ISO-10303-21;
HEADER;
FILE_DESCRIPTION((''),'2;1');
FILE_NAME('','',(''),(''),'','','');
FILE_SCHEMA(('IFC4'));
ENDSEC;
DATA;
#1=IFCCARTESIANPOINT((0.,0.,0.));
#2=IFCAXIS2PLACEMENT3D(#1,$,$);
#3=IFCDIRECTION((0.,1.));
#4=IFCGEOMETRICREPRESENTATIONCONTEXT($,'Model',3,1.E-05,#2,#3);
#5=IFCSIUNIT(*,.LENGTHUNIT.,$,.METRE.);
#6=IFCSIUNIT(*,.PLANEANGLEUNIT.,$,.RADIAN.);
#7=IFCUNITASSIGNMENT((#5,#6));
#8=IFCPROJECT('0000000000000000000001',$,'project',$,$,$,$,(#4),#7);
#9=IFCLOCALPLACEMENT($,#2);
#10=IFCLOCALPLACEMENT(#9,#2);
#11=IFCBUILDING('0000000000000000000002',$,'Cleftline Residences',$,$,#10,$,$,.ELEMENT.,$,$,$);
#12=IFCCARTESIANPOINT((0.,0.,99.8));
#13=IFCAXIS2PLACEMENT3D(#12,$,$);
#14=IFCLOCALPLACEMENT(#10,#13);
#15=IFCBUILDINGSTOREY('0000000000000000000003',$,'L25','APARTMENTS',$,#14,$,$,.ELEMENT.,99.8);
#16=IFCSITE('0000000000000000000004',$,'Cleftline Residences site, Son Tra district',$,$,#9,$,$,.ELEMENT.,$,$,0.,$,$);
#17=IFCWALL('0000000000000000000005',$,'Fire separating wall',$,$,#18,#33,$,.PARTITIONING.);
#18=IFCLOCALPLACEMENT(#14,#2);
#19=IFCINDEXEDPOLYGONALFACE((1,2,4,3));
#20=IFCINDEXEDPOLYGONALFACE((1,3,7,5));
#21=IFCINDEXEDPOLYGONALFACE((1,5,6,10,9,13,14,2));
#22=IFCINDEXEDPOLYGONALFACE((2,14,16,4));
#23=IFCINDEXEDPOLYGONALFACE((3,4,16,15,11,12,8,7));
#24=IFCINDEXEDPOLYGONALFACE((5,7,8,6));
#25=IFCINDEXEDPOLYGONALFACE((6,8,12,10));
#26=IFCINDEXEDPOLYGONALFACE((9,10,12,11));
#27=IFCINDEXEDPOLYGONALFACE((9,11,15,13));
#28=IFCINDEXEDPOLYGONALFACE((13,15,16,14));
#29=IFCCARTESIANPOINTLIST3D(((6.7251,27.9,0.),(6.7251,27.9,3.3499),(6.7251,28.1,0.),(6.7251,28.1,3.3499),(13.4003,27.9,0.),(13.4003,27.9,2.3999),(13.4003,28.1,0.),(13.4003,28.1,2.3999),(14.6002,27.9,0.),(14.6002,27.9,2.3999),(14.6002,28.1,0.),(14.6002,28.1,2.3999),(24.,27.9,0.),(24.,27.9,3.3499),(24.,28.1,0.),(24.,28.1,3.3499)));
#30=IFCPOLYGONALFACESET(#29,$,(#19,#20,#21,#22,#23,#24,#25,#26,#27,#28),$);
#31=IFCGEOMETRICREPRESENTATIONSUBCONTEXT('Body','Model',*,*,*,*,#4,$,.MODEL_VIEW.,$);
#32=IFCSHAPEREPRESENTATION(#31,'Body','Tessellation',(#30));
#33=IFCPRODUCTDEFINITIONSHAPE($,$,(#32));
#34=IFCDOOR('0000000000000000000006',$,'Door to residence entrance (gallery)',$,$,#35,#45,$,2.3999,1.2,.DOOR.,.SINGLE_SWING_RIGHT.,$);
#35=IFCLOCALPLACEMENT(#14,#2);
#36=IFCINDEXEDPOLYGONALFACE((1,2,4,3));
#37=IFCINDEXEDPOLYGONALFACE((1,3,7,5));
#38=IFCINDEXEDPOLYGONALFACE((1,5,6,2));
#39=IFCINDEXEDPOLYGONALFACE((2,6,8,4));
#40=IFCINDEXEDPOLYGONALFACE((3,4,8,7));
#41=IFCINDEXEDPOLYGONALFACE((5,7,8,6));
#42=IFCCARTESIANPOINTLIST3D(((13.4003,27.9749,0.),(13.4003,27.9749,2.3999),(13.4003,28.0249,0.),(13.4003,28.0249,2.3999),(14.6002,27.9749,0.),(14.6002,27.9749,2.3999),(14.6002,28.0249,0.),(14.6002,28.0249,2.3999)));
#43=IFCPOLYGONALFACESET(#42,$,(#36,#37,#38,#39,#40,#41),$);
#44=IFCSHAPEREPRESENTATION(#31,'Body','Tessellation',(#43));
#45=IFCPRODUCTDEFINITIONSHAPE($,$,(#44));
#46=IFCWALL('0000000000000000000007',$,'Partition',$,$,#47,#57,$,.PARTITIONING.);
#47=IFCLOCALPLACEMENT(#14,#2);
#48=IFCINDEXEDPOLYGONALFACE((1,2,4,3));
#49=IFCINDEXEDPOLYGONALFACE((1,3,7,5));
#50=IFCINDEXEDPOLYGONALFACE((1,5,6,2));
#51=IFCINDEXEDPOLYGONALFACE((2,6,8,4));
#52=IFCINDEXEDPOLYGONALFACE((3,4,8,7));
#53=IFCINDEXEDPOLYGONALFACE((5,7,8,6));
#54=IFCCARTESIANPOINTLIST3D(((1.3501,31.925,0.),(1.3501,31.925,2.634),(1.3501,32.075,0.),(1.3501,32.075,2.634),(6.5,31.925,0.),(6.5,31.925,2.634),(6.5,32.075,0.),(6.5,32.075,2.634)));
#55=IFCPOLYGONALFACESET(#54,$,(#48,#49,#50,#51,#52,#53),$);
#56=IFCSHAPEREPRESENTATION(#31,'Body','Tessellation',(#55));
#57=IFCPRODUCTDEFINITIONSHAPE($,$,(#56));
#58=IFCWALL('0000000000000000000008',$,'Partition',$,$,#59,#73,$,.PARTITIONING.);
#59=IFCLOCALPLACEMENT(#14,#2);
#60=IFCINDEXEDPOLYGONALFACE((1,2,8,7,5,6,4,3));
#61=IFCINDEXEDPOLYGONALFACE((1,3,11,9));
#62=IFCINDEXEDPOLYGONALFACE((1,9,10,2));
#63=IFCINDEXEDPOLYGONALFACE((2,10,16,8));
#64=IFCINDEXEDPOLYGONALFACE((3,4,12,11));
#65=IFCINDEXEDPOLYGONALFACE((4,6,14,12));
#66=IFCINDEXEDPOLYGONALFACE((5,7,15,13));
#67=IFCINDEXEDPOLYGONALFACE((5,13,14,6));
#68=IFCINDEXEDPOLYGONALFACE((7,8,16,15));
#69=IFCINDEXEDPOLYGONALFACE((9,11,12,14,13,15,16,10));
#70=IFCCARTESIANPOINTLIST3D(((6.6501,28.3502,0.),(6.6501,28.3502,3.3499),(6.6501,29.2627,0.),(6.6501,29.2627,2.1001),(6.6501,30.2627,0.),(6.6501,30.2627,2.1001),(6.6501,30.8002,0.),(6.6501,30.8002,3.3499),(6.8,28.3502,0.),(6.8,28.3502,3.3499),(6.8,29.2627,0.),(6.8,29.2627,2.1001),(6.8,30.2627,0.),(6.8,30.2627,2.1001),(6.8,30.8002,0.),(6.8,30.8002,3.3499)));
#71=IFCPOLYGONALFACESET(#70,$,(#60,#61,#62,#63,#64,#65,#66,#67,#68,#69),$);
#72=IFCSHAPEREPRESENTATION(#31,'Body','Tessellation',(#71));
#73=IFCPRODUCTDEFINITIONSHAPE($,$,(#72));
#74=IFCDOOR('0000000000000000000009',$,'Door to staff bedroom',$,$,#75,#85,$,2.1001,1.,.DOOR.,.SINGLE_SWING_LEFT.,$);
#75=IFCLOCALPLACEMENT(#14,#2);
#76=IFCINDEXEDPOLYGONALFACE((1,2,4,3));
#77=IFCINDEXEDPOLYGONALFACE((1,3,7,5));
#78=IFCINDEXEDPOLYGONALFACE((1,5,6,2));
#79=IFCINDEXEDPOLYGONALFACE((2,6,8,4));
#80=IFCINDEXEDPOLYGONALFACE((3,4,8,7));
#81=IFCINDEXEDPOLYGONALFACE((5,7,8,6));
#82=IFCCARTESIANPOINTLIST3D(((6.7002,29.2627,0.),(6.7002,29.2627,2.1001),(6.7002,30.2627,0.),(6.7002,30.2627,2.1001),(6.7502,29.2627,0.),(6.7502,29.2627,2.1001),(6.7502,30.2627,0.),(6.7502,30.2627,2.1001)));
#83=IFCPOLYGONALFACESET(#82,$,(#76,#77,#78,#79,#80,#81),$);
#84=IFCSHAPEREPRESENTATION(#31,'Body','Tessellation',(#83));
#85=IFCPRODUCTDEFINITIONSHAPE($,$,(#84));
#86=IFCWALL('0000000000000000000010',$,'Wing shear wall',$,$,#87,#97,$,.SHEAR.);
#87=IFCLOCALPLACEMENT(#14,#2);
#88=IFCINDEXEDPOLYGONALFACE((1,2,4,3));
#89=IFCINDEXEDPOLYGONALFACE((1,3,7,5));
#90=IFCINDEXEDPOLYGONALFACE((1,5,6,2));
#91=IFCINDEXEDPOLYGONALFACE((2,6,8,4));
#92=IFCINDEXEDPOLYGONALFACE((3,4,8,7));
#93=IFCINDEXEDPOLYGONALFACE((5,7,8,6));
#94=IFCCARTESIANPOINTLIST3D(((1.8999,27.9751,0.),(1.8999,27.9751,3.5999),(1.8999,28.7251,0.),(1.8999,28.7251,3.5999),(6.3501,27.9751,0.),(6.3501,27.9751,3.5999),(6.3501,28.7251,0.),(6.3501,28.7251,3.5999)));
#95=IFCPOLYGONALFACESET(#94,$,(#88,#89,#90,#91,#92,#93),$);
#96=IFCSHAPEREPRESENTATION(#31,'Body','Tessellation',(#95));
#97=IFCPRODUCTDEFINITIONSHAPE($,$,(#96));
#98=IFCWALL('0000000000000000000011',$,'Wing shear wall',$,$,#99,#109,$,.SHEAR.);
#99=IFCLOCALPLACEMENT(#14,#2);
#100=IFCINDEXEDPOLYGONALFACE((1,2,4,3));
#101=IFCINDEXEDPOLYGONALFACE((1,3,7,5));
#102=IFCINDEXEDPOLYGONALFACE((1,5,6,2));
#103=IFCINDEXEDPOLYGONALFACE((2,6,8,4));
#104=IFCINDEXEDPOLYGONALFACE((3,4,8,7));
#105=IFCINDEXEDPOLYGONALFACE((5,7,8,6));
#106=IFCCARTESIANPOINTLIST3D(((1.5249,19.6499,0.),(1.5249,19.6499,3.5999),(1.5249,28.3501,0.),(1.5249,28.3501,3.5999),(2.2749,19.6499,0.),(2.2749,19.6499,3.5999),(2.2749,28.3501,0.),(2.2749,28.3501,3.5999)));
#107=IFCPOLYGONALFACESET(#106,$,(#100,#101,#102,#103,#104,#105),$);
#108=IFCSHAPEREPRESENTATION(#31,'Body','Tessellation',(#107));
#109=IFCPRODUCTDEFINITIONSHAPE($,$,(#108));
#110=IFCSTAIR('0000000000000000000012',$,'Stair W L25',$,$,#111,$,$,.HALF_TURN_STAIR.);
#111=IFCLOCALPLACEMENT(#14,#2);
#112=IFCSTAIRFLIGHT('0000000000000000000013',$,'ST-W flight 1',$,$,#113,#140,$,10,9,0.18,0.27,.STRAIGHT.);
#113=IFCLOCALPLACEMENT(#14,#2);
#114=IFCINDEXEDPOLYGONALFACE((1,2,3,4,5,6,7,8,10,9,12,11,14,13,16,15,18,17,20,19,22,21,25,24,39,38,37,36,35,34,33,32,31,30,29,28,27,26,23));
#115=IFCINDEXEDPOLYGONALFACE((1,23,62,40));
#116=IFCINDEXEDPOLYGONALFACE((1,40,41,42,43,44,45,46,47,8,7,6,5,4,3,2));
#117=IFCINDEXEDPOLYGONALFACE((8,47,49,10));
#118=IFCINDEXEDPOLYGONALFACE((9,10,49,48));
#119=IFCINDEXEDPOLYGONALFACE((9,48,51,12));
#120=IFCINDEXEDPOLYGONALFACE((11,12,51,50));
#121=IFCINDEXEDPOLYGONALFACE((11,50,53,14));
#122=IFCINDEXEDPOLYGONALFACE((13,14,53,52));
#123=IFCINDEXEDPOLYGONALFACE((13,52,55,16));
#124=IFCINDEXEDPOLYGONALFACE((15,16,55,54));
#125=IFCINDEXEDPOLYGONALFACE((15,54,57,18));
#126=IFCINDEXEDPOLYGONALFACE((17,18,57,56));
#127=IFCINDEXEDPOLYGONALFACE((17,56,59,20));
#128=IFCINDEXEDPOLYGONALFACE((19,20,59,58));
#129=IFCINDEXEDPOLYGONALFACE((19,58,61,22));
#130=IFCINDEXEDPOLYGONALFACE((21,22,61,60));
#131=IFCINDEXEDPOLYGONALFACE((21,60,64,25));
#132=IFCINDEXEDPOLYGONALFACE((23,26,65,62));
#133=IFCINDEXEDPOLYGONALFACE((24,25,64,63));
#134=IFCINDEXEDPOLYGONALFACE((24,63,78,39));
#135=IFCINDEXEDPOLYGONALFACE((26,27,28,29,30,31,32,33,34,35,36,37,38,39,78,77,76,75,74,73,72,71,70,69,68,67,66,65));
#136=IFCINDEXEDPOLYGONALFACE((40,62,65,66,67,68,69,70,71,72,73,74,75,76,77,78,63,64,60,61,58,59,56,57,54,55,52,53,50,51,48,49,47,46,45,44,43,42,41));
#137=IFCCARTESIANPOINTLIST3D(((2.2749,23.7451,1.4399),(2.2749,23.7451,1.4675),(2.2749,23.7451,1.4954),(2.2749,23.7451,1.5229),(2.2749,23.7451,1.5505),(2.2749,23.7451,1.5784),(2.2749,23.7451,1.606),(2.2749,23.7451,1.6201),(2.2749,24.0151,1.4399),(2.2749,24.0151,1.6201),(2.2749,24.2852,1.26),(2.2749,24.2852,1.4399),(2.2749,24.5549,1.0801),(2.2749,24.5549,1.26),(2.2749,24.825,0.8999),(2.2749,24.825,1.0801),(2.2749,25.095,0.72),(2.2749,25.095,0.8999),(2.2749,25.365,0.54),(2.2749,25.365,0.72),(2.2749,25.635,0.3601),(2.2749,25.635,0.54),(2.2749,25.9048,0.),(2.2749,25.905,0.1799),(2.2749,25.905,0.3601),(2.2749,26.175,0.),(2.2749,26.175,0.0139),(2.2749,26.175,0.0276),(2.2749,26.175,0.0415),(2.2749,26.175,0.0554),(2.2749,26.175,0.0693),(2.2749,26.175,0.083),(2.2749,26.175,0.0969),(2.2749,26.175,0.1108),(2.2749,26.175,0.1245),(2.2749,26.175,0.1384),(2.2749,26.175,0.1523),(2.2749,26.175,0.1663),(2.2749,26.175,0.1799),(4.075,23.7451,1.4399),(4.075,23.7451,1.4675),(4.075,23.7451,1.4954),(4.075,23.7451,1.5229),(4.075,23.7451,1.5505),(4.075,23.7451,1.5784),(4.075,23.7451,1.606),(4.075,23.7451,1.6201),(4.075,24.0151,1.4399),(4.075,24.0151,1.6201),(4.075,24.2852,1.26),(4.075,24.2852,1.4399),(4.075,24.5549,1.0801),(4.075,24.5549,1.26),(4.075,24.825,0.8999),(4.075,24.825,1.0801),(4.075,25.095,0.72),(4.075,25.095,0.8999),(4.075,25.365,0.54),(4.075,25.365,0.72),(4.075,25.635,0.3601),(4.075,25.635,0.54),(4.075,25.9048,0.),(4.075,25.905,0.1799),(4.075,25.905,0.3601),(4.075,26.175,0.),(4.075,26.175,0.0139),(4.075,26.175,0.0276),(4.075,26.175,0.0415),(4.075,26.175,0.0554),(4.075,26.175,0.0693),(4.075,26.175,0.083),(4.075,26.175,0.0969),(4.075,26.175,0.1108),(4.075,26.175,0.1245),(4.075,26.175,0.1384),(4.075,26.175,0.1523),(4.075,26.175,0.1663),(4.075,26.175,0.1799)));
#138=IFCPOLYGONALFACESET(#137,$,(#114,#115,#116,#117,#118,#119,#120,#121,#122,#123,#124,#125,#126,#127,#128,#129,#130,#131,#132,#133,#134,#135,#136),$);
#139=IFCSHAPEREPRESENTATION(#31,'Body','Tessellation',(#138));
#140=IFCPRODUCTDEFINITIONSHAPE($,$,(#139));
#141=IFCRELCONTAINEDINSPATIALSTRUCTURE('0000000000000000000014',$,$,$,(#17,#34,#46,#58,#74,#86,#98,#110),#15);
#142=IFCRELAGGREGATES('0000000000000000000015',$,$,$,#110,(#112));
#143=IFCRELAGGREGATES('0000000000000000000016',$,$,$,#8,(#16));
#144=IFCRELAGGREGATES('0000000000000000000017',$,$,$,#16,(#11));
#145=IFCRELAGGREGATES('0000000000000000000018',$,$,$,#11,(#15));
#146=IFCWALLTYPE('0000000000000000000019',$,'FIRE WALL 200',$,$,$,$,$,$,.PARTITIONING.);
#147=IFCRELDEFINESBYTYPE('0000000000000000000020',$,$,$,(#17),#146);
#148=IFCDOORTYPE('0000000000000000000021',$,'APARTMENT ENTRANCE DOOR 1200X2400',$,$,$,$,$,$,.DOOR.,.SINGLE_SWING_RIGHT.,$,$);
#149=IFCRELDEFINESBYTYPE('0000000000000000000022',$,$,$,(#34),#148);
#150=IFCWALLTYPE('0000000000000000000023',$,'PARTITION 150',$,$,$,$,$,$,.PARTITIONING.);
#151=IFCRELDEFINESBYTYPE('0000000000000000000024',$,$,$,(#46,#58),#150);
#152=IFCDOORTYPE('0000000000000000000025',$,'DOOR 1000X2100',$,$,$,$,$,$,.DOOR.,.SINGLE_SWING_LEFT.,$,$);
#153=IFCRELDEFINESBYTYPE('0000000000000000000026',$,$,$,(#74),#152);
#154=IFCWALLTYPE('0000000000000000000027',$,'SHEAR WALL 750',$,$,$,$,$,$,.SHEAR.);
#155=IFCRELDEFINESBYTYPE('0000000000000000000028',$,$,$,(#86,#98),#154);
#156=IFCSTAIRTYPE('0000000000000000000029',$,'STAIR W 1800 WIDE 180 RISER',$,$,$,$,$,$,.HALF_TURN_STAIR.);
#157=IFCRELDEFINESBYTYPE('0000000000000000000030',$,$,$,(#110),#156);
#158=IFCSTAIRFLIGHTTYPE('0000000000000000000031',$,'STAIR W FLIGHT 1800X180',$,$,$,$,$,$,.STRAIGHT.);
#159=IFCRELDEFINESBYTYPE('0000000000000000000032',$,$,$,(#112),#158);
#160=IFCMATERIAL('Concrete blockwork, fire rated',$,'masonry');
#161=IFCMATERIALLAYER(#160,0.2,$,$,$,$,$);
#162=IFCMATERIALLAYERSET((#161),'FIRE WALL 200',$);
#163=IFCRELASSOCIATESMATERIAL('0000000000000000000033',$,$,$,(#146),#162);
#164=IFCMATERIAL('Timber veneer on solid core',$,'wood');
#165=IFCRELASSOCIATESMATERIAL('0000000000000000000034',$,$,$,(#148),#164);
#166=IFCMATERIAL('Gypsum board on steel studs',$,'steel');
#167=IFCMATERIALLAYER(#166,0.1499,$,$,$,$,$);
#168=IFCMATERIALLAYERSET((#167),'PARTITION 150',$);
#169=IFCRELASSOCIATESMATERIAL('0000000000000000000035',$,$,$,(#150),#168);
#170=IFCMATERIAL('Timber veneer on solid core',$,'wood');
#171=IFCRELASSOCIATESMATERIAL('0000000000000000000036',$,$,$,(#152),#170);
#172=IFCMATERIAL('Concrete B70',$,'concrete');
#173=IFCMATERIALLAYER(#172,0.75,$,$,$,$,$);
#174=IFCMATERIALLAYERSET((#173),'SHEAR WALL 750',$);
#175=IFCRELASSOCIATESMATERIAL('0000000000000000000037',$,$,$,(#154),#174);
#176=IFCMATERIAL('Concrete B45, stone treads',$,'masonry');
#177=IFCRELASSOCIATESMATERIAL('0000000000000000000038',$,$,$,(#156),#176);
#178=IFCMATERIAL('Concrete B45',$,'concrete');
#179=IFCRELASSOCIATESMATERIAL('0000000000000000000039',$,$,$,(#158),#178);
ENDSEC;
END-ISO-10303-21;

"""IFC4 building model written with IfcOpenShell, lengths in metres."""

from ifc_helpers import new_model, si_unit, direction, frame, frame_2d, origin, place, context, subcontext, project, spatial, polyline, rectangle, outline, extrude, material, layer, layer_set, type_object, element, fill, aggregate, save


model = new_model("IFC4")

# Units and contexts
model_context = context("Model", 3, precision=1e-05, world=origin(), true_north=direction((0.0, 1.0)))
body_context = subcontext(model_context, "Body", "Model", "MODEL_VIEW")
ifc_project = project(units=[si_unit("LENGTHUNIT", "METRE"), si_unit("PLANEANGLEUNIT", "RADIAN")], contexts=[model_context])

# Site, building, storey
site_placement = place(None, origin())
site = spatial("IfcSite", under=ifc_project, at=site_placement, Name="Cleftline Residences site, Son Tra district", CompositionType="ELEMENT", RefElevation=0.0)
building_placement = place(site_placement, origin())
building = spatial("IfcBuilding", under=site, at=building_placement, Name="Cleftline Residences", CompositionType="ELEMENT")
storey_placement = place(building_placement, frame((0.0, 0.0, 99.8)))
storey = spatial("IfcBuildingStorey", under=building, at=storey_placement, Name="L25", Description="APARTMENTS", CompositionType="ELEMENT", Elevation=99.8)

# Wall, opening, door
ifc_material_1 = material(Name="Concrete blockwork, fire rated", Category="masonry")
ifc_layer_1 = layer(ifc_material_1, 0.2)
ifc_layer_set_1 = layer_set([ifc_layer_1], Name="FIRE WALL 200")
wall_type_1 = type_object("IfcWallType", Name="FIRE WALL 200", PredefinedType="PARTITIONING", material=ifc_layer_set_1)
wall_1_placement = place(storey_placement, frame((6.7251, 28.0, 0.0), z_axis=(0.0, 0.0, 1.0), x_axis=(1.0, 0.0, 0.0)))
wall_1 = element("IfcWall", 1, at=wall_1_placement, inside=storey, type_object=wall_type_1, Name="Fire separating wall", PredefinedType="PARTITIONING", context=body_context, shape_type="SweptSolid", body=[
    extrude(rectangle(XDim=17.2749, YDim=0.2, at=frame_2d((8.6375, 0.0))), origin(), (0.0, 0.0, 1.0), 3.3499),
])
opening_1_placement = place(wall_1_placement, frame((6.675, 0.0, 0.0)))
opening_1 = element("IfcOpeningElement", 2, at=opening_1_placement, cuts=wall_1, PredefinedType="OPENING", context=body_context, shape_type="SweptSolid", body=[
    extrude(rectangle(XDim=1.2, YDim=2.3999, at=frame_2d((0.6001, 1.2))), frame((0.0, 0.1099, 0.0), z_axis=(0.0, -1.0, 0.0), x_axis=(1.0, 0.0, 0.0)), (0.0, 0.0, 1.0), 0.22),
])
ifc_material_2 = material(Name="Timber veneer on solid core", Category="wood")
door_type_1 = type_object("IfcDoorType", Name="APARTMENT ENTRANCE DOOR 1200X2400", OperationType="SINGLE_SWING_RIGHT", PredefinedType="DOOR", material=ifc_material_2)
door_1_placement = place(opening_1_placement, origin())
door_1 = element("IfcDoor", 3, at=door_1_placement, inside=storey, type_object=door_type_1, Name="Door to residence entrance (gallery)", OperationType="SINGLE_SWING_RIGHT", OverallHeight=2.3999, OverallWidth=1.2, PredefinedType="DOOR", context=body_context, shape_type="SweptSolid", body=[
    extrude(rectangle(XDim=1.2, YDim=2.3999, at=frame_2d((0.6001, 1.2))), frame((0.0, 0.0249, 0.0), z_axis=(0.0, -1.0, 0.0), x_axis=(1.0, 0.0, 0.0)), (0.0, 0.0, 1.0), 0.05),
])
fill(opening_1, door_1)

# Wall
ifc_material_3 = material(Name="Gypsum board on steel studs", Category="steel")
ifc_layer_2 = layer(ifc_material_3, 0.1499)
ifc_layer_set_2 = layer_set([ifc_layer_2], Name="PARTITION 150")
wall_type_2 = type_object("IfcWallType", Name="PARTITION 150", PredefinedType="PARTITIONING", material=ifc_layer_set_2)
wall_2_placement = place(storey_placement, frame((1.3501, 32.0, 0.0), z_axis=(0.0, 0.0, 1.0), x_axis=(1.0, 0.0, 0.0)))
element("IfcWall", 4, at=wall_2_placement, inside=storey, type_object=wall_type_2, Name="Partition", PredefinedType="PARTITIONING", context=body_context, shape_type="SweptSolid", body=[
    extrude(rectangle(XDim=5.1499, YDim=0.1499, at=frame_2d((2.575, 0.0))), origin(), (0.0, 0.0, 1.0), 2.634),
])

# Wall, opening, door
wall_3_placement = place(storey_placement, frame((6.7251, 28.3501, 0.0), z_axis=(0.0, 0.0, 1.0), x_axis=(0.0, 1.0, 0.0)))
wall_3 = element("IfcWall", 5, at=wall_3_placement, inside=storey, type_object=wall_type_2, Name="Partition", PredefinedType="PARTITIONING", context=body_context, shape_type="SweptSolid", body=[
    extrude(rectangle(XDim=2.45, YDim=0.1499, at=frame_2d((1.2251, 0.0))), origin(), (0.0, 0.0, 1.0), 3.3499),
])
opening_2_placement = place(wall_3_placement, frame((0.9126, 0.0, 0.0)))
opening_2 = element("IfcOpeningElement", 6, at=opening_2_placement, cuts=wall_3, PredefinedType="OPENING", context=body_context, shape_type="SweptSolid", body=[
    extrude(rectangle(XDim=1.0, YDim=2.1001, at=frame_2d((0.5, 1.05))), frame((0.0, 0.085, 0.0), z_axis=(0.0, -1.0, 0.0), x_axis=(1.0, 0.0, 0.0)), (0.0, 0.0, 1.0), 0.1699),
])
ifc_material_4 = material(Name="Timber veneer on solid core", Category="wood")
door_type_2 = type_object("IfcDoorType", Name="DOOR 1000X2100", OperationType="SINGLE_SWING_LEFT", PredefinedType="DOOR", material=ifc_material_4)
door_2_placement = place(opening_2_placement, origin())
door_2 = element("IfcDoor", 7, at=door_2_placement, inside=storey, type_object=door_type_2, Name="Door to staff bedroom", OperationType="SINGLE_SWING_LEFT", OverallHeight=2.1001, OverallWidth=1.0, PredefinedType="DOOR", context=body_context, shape_type="SweptSolid", body=[
    extrude(rectangle(XDim=1.0, YDim=2.1001, at=frame_2d((0.5, 1.05))), frame((0.0, 0.0249, 0.0), z_axis=(0.0, -1.0, 0.0), x_axis=(1.0, 0.0, 0.0)), (0.0, 0.0, 1.0), 0.05),
])
fill(opening_2, door_2)

# Walls
ifc_material_5 = material(Name="Concrete B70", Category="concrete")
ifc_layer_3 = layer(ifc_material_5, 0.75)
ifc_layer_set_3 = layer_set([ifc_layer_3], Name="SHEAR WALL 750")
wall_type_3 = type_object("IfcWallType", Name="SHEAR WALL 750", PredefinedType="SHEAR", material=ifc_layer_set_3)
wall_4_placement = place(storey_placement, frame((6.3501, 28.3501, 0.0), z_axis=(0.0, 0.0, 1.0), x_axis=(-1.0, 0.0, 0.0)))
element("IfcWall", 8, at=wall_4_placement, inside=storey, type_object=wall_type_3, Name="Wing shear wall", PredefinedType="SHEAR", context=body_context, shape_type="SweptSolid", body=[
    extrude(rectangle(XDim=4.4502, YDim=0.75, at=frame_2d((2.2251, 0.0))), origin(), (0.0, 0.0, 1.0), 3.5999),
])
wall_5_placement = place(storey_placement, frame((1.8999, 28.3501, 0.0), z_axis=(0.0, 0.0, 1.0), x_axis=(0.0, -1.0, 0.0)))
element("IfcWall", 9, at=wall_5_placement, inside=storey, type_object=wall_type_3, Name="Wing shear wall", PredefinedType="SHEAR", context=body_context, shape_type="SweptSolid", body=[
    extrude(rectangle(XDim=8.7002, YDim=0.75, at=frame_2d((4.3501, 0.0))), origin(), (0.0, 0.0, 1.0), 3.5999),
])

# Stair, stair flight
ifc_material_6 = material(Name="Concrete B45, stone treads", Category="masonry")
stair_type = type_object("IfcStairType", Name="STAIR W 1800 WIDE 180 RISER", PredefinedType="HALF_TURN_STAIR", material=ifc_material_6)
stair_placement = place(storey_placement, origin())
stair = element("IfcStair", 10, at=stair_placement, inside=storey, type_object=stair_type, Name="Stair W L25", PredefinedType="HALF_TURN_STAIR")
ifc_material_7 = material(Name="Concrete B45", Category="concrete")
stair_flight_type = type_object("IfcStairFlightType", Name="STAIR W FLIGHT 1800X180", PredefinedType="STRAIGHT", material=ifc_material_7)
stair_flight_1_placement = place(storey_placement, frame((3.175, 26.175, 0.0), z_axis=(0.0, 0.0, 1.0), x_axis=(0.0, -1.0, 0.0)))
stair_flight_1 = element("IfcStairFlight", 11, at=stair_flight_1_placement, type_object=stair_flight_type, Name="ST-W flight 1", NumberOfRisers=10, NumberOfTreads=9, PredefinedType="STRAIGHT", RiserHeight=0.18, TreadLength=0.27, context=body_context, shape_type="SweptSolid", body=[
    extrude(outline(polyline([(0.0, 0.0), (0.0, 0.0139), (0.0, 0.0276), (0.0, 0.0415), (0.0, 0.0554), (0.0, 0.0693), (0.0, 0.083), (0.0, 0.0969), (0.0, 0.1108), (0.0, 0.1245), (0.0, 0.1384), (0.0, 0.1523), (0.0, 0.1663), (0.0, 0.1799), (0.27, 0.1799), (0.27, 0.3601), (0.54, 0.3601), (0.54, 0.54), (0.8101, 0.54), (0.8101, 0.72), (1.0801, 0.72), (1.0801, 0.8999), (1.3501, 0.8999), (1.3501, 1.0801), (1.6201, 1.0801), (1.6201, 1.26), (1.8899, 1.26), (1.8899, 1.4399), (2.1599, 1.4399), (2.1599, 1.6201), (2.4299, 1.6201), (2.4299, 1.8), (2.4299, 1.7722), (2.4299, 1.7446), (2.4299, 1.7168), (2.4299, 1.6892), (2.4299, 1.6614), (2.4299, 1.6338), (2.4299, 1.606), (2.4299, 1.5784), (2.4299, 1.5505), (2.4299, 1.5229), (2.4299, 1.4954), (2.4299, 1.4675), (2.4299, 1.4399), (0.2703, 0.0), (0.0, 0.0)])), frame((0.0, 0.8999, 0.0), z_axis=(0.0, -1.0, 0.0), x_axis=(1.0, 0.0, 0.0)), (0.0, 0.0, 1.0), 1.8),
])
aggregate(stair, [stair_flight_1])

save(model, "model.ifc")
